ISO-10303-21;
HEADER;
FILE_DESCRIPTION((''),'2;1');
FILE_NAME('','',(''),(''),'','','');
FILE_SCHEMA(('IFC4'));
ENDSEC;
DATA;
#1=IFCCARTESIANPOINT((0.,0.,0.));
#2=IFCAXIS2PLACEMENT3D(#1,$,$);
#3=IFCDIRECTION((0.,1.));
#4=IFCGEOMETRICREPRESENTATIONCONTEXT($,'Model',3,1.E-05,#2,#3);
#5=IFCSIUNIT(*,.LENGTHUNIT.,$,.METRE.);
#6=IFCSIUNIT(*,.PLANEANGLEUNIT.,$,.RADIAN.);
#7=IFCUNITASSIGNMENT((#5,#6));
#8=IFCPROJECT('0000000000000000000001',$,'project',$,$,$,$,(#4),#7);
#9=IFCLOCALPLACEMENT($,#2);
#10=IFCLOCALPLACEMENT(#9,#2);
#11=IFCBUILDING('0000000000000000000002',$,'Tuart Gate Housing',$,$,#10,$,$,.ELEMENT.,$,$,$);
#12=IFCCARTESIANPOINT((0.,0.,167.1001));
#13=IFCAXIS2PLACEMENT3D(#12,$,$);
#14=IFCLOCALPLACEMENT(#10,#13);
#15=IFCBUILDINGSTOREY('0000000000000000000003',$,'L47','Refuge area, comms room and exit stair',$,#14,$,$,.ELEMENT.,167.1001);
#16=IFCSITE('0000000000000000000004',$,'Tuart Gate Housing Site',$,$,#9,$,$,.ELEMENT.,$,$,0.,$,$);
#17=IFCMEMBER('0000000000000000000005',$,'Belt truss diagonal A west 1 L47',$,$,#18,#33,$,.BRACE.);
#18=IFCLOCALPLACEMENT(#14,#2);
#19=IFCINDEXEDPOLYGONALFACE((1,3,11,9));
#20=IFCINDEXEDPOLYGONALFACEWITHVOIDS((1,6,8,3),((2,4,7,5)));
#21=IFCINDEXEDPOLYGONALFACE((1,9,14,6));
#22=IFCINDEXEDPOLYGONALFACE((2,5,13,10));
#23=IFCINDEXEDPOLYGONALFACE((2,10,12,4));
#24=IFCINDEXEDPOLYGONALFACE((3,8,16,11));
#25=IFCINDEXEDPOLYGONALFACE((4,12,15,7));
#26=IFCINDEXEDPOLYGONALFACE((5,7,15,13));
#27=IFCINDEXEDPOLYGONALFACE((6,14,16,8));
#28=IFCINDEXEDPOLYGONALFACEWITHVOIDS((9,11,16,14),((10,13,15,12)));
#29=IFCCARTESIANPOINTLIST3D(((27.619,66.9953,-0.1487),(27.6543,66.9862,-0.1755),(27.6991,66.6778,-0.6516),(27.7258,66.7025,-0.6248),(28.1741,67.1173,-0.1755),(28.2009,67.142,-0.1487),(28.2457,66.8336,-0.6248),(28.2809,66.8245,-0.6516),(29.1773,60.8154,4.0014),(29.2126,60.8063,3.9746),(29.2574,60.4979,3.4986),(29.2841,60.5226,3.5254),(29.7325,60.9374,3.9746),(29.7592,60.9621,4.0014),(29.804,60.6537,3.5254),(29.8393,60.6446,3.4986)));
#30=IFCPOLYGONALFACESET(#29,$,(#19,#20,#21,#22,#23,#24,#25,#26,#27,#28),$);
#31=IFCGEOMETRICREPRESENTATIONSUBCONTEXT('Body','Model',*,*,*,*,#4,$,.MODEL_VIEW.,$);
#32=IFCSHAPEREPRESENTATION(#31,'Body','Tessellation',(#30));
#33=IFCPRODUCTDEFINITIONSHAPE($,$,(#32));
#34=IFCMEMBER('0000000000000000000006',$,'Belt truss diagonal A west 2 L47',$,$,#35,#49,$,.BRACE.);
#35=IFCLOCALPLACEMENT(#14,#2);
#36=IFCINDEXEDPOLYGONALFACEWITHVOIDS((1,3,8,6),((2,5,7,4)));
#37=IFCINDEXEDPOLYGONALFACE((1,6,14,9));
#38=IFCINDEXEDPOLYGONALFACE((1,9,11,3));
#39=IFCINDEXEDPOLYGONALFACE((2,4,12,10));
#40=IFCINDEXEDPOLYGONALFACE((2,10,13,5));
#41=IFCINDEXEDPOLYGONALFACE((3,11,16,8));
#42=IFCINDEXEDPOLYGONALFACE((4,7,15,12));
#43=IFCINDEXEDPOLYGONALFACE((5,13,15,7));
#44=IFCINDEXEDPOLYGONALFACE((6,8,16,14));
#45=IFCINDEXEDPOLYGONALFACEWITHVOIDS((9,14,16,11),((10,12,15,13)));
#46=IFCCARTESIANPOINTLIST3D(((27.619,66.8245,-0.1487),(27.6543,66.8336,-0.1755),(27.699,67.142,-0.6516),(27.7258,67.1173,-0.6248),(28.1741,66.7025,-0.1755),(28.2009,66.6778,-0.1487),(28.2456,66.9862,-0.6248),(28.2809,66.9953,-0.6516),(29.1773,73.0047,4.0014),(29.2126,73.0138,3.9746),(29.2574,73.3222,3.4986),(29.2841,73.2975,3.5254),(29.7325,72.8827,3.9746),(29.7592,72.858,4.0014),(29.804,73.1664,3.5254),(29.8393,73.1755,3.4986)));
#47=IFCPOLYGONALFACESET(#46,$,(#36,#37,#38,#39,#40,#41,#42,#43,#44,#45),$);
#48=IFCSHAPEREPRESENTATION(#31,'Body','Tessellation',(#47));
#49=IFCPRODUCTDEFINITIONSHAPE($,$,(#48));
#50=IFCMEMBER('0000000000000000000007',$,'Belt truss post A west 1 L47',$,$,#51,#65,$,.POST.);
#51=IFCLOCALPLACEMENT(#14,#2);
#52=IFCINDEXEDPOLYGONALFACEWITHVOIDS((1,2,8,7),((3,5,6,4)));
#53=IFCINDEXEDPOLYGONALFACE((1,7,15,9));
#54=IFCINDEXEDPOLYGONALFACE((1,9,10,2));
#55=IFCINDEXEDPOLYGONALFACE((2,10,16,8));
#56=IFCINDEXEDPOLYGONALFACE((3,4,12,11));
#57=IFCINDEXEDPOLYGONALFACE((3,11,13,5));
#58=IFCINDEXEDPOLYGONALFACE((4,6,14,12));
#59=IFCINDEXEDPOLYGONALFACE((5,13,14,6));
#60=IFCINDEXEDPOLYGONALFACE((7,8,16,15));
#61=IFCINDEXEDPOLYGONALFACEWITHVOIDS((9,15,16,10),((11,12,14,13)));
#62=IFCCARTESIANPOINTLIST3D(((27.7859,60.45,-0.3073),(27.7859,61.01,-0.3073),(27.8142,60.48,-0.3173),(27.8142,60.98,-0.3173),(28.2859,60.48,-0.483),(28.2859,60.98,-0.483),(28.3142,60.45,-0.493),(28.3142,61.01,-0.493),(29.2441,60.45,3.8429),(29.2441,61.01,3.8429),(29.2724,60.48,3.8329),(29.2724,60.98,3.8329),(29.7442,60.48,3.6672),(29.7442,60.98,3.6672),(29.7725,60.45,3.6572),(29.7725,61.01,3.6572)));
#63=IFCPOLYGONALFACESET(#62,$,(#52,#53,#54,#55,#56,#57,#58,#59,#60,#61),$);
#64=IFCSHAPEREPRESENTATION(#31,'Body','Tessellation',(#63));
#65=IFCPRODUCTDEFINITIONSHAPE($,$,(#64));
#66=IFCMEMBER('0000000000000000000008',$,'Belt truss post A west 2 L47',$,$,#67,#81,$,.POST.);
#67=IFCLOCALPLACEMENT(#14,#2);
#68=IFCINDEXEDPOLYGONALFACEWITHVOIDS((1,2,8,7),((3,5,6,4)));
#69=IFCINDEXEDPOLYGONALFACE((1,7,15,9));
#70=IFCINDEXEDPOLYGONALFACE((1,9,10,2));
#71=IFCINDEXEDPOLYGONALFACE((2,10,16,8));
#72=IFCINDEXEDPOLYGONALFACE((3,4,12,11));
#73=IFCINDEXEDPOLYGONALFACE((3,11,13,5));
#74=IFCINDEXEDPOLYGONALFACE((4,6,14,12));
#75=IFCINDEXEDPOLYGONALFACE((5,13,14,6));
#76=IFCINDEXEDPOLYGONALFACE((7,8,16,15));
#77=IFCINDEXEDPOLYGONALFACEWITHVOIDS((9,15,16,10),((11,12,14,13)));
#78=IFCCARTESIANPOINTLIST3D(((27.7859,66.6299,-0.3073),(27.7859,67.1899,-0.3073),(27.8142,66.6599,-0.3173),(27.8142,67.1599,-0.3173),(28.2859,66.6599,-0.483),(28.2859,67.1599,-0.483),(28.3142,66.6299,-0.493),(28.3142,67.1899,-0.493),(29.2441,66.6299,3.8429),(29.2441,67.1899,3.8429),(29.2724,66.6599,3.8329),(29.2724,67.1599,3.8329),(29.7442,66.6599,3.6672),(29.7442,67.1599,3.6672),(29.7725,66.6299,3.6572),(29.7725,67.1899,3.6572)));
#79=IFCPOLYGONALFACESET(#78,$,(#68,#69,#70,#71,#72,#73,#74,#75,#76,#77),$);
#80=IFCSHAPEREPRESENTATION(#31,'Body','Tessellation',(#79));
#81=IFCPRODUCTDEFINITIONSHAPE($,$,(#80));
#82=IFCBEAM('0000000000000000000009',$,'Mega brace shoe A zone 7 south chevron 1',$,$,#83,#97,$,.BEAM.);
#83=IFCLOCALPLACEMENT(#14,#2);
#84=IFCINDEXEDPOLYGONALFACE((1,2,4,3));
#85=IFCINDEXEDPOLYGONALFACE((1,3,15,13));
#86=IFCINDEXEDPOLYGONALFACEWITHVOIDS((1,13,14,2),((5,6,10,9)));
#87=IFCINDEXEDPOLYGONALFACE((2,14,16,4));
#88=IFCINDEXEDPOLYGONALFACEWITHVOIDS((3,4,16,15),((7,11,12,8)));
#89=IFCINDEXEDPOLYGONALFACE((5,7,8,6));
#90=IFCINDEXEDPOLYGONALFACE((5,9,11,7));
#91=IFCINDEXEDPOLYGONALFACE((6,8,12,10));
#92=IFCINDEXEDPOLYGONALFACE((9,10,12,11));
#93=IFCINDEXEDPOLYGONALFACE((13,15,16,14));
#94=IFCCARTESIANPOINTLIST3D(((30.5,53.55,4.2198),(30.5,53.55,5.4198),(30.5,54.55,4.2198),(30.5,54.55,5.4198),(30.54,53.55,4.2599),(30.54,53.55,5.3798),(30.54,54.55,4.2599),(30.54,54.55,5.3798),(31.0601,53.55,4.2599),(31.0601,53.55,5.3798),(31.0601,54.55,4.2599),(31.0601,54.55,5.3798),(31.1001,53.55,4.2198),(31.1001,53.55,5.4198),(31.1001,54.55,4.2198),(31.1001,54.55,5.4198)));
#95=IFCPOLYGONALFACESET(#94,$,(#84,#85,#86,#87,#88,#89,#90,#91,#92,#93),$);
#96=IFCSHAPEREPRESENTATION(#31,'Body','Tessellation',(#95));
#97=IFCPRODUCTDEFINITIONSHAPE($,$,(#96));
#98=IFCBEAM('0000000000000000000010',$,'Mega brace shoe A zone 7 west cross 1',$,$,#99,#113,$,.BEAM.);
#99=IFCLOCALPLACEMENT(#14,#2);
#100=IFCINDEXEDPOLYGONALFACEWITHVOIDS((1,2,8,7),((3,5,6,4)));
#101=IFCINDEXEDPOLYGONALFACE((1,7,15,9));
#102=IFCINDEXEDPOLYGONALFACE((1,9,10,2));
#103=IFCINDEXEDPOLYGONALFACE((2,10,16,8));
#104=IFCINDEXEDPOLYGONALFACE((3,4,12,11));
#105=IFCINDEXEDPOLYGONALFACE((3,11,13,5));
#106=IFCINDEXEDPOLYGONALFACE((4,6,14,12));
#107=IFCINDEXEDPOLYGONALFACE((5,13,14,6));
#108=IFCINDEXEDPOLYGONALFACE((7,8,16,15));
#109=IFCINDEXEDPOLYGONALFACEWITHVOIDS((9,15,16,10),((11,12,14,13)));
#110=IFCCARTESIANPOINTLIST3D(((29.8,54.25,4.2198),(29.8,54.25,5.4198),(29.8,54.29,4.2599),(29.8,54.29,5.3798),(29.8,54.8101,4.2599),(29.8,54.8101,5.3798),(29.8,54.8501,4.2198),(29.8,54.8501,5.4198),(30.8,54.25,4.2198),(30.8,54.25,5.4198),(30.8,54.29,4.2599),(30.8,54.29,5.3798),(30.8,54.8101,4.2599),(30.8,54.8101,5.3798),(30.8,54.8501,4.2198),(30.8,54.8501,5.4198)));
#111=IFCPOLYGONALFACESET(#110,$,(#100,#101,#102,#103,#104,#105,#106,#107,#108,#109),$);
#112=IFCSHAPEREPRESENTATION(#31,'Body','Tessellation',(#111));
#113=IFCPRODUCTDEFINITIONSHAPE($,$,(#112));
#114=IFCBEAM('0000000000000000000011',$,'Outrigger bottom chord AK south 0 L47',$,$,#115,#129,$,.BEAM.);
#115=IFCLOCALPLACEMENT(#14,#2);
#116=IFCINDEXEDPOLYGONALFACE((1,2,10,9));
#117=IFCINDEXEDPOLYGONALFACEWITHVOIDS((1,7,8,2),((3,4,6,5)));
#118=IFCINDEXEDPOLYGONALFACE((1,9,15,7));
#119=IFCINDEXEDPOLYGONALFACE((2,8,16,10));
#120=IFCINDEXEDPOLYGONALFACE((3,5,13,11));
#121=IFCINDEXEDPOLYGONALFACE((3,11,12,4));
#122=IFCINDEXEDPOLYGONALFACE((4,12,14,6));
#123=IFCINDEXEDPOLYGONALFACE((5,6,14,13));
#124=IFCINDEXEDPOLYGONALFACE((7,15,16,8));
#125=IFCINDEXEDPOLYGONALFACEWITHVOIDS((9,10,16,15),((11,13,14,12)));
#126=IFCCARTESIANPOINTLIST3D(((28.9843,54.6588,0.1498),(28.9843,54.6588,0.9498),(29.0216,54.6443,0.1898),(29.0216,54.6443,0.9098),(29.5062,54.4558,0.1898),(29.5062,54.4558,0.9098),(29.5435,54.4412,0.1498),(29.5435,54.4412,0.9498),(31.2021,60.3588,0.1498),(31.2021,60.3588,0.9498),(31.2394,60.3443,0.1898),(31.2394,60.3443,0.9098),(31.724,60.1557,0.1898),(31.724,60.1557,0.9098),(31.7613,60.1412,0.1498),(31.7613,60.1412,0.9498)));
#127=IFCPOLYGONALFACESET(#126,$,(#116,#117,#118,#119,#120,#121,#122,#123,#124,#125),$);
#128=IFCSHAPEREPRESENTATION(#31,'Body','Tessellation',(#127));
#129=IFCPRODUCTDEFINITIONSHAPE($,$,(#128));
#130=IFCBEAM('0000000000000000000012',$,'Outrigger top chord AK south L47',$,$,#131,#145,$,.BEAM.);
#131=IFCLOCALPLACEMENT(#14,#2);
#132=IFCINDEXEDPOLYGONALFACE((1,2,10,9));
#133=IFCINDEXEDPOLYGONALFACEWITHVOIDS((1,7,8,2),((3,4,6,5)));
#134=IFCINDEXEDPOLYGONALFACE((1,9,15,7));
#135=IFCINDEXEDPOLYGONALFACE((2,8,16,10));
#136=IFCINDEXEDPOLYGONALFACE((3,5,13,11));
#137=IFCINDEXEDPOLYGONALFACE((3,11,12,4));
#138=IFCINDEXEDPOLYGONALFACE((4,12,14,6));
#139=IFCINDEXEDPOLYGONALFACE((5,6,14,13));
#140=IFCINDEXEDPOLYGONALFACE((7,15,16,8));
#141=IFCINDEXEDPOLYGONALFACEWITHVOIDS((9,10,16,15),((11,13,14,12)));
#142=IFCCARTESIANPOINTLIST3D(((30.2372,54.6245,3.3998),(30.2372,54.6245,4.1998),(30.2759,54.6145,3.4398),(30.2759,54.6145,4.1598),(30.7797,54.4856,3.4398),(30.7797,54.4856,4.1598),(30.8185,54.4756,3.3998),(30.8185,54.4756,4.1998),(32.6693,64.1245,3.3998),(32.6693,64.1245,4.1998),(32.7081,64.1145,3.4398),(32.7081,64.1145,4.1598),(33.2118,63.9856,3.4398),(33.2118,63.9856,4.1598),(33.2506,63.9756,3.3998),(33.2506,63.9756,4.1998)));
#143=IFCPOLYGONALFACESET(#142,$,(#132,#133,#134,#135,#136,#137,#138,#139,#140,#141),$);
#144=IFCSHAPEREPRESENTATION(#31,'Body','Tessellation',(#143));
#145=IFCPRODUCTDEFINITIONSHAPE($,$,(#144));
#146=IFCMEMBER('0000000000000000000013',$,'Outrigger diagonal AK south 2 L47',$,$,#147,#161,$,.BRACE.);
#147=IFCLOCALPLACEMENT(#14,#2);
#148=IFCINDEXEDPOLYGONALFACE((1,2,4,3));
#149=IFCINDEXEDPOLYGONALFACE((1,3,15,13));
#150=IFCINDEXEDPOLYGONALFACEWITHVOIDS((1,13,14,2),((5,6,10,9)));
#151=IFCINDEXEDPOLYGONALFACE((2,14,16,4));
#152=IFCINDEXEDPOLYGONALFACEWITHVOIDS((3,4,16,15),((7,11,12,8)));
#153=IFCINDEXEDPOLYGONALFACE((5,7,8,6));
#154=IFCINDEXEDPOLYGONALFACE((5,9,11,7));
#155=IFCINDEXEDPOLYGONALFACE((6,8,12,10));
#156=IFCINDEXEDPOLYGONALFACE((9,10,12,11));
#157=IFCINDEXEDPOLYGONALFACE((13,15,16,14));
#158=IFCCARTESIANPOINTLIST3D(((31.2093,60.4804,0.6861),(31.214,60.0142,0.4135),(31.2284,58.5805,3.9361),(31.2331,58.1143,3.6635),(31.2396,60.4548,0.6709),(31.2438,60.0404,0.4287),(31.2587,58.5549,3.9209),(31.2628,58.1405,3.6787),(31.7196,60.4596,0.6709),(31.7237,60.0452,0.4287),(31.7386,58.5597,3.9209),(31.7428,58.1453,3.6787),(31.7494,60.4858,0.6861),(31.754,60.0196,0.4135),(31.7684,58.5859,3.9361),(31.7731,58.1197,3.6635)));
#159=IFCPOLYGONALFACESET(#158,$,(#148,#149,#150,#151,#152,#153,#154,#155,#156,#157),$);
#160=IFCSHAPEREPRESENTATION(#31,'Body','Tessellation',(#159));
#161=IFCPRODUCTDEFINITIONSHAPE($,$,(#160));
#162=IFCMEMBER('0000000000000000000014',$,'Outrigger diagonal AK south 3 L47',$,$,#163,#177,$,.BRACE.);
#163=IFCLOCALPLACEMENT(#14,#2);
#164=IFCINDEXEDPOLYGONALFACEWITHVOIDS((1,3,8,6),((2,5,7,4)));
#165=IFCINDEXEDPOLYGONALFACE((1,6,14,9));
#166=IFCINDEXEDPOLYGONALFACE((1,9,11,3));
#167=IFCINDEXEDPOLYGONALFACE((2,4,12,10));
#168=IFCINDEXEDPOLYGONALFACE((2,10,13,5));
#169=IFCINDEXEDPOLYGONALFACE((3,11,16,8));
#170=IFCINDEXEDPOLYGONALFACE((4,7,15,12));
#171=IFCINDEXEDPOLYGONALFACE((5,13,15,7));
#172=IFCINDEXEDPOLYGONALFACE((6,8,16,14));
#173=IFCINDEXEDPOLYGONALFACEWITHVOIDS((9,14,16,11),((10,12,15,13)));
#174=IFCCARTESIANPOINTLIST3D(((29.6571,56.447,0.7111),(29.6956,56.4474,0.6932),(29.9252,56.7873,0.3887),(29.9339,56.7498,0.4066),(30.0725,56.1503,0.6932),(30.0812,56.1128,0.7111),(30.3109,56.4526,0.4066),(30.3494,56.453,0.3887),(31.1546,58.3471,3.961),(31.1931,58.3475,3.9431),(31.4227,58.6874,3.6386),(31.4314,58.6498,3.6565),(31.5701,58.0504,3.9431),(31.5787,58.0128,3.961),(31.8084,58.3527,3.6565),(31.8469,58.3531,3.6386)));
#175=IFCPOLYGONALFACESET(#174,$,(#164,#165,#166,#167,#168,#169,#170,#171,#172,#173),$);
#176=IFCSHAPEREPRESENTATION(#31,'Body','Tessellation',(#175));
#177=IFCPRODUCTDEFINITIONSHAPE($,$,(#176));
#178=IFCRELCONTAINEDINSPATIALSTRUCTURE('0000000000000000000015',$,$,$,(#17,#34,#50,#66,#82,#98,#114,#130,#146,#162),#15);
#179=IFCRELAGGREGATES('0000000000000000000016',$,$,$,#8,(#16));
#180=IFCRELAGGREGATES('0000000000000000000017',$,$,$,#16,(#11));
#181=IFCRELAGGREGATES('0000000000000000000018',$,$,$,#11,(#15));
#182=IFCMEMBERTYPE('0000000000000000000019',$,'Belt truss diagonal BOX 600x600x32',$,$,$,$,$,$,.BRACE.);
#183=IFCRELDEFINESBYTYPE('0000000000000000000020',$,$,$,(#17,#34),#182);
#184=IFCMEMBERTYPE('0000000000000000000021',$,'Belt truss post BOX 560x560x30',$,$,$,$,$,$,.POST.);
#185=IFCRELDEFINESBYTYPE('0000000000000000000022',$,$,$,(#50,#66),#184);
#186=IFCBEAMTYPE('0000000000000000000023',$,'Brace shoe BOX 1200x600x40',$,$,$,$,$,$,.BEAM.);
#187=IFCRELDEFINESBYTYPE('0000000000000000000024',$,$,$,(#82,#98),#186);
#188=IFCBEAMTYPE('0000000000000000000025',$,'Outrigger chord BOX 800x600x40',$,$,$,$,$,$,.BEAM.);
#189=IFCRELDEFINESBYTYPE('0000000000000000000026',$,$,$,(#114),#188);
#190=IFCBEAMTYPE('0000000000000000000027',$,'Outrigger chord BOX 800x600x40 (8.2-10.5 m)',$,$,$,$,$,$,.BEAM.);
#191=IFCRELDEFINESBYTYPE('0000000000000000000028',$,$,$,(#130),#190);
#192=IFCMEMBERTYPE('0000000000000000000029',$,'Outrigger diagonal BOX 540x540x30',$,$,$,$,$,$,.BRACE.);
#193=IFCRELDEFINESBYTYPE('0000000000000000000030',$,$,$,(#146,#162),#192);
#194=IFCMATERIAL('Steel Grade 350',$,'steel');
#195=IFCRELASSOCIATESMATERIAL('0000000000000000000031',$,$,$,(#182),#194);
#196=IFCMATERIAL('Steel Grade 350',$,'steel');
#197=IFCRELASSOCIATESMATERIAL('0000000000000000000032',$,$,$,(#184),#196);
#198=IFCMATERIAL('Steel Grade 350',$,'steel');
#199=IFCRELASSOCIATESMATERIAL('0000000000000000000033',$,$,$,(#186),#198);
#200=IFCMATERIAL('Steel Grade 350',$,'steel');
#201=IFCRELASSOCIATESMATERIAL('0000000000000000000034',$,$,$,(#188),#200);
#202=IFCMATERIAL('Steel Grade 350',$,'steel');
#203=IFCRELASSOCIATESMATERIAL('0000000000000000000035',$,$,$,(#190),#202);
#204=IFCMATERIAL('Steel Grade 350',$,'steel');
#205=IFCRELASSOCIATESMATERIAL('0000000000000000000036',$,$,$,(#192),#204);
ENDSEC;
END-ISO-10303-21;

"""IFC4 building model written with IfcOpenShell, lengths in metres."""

from ifc_helpers import new_model, si_unit, direction, frame, origin, origin_2d, place, context, subcontext, project, spatial, hollow_rectangle, extrude, material, material_profile, profile_set, type_object, element, save


model = new_model("IFC4")

# Units and contexts
model_context = context("Model", 3, precision=1e-05, world=origin(), true_north=direction((0.0, 1.0)))
body_context = subcontext(model_context, "Body", "Model", "MODEL_VIEW")
ifc_project = project(units=[si_unit("LENGTHUNIT", "METRE"), si_unit("PLANEANGLEUNIT", "RADIAN")], contexts=[model_context])

# Site, building, storey
site_placement = place(None, origin())
site = spatial("IfcSite", under=ifc_project, at=site_placement, Name="Tuart Gate Housing Site", CompositionType="ELEMENT", RefElevation=0.0)
building_placement = place(site_placement, origin())
building = spatial("IfcBuilding", under=site, at=building_placement, Name="Tuart Gate Housing", CompositionType="ELEMENT")
storey_placement = place(building_placement, frame((0.0, 0.0, 167.1001)))
storey = spatial("IfcBuildingStorey", under=building, at=storey_placement, Name="L47", Description="Refuge area, comms room and exit stair", CompositionType="ELEMENT", Elevation=167.1001)

# Members
ifc_material_1 = material(Name="Steel Grade 350", Category="steel")
ifc_material_profile_1 = material_profile(ifc_material_1, hollow_rectangle(XDim=0.6001, YDim=0.6001, WallThickness=0.032, at=origin_2d()), Name="BOX 600x600x32")
ifc_profile_set_1 = profile_set([ifc_material_profile_1], Name="Steel Grade 350")
member_type_1 = type_object("IfcMemberType", Name="Belt truss diagonal BOX 600x600x32", PredefinedType="BRACE", material=ifc_profile_set_1)
member_1_placement = place(storey_placement, frame((29.5083, 60.73, 3.75), z_axis=(-0.204898, 0.81256, -0.545677), x_axis=(-0.969647, -0.244509, 0.0)))
element("IfcMember", 1, at=member_1_placement, inside=storey, type_object=member_type_1, Name="Belt truss diagonal A west 1 L47", PredefinedType="BRACE", context=body_context, shape_type="SweptSolid", body=[
    extrude(hollow_rectangle(XDim=0.6001, YDim=0.6001, WallThickness=0.032, at=origin_2d()), origin(), (0.0, 0.0, 1.0), 7.6055),
])
member_2_placement = place(storey_placement, frame((27.95, 66.9099, -0.4001), z_axis=(0.204892, 0.812571, 0.545662), x_axis=(-0.969649, 0.2445, 0.0)))
element("IfcMember", 2, at=member_2_placement, inside=storey, type_object=member_type_1, Name="Belt truss diagonal A west 2 L47", PredefinedType="BRACE", context=body_context, shape_type="SweptSolid", body=[
    extrude(hollow_rectangle(XDim=0.6001, YDim=0.6001, WallThickness=0.032, at=origin_2d()), origin(), (0.0, 0.0, 1.0), 7.6057),
])
ifc_material_2 = material(Name="Steel Grade 350", Category="steel")
ifc_material_profile_2 = material_profile(ifc_material_2, hollow_rectangle(XDim=0.5601, YDim=0.5601, WallThickness=0.03, at=origin_2d()), Name="BOX 560x560x30")
ifc_profile_set_2 = profile_set([ifc_material_profile_2], Name="Steel Grade 350")
member_type_2 = type_object("IfcMemberType", Name="Belt truss post BOX 560x560x30", PredefinedType="POST", material=ifc_profile_set_2)
for number, where, z_axis, x_axis, name in (
    (3, (28.05, 60.73, -0.4001), (0.331505, 0.0, 0.943454), (0.0, 1.0, 0.0), "Belt truss post A west 1 L47"),
    (4, (28.05, 66.9099, -0.4001), (0.331505, 0.0, 0.943454), (0.0, 1.0, 0.0), "Belt truss post A west 2 L47"),
):
    element("IfcMember", number, at=place(storey_placement, frame(where, z_axis=z_axis, x_axis=x_axis)), inside=storey, type_object=member_type_2, Name=name, PredefinedType="POST", context=body_context, shape_type="SweptSolid", body=[
        extrude(hollow_rectangle(XDim=0.5601, YDim=0.5601, WallThickness=0.03, at=origin_2d()), origin(), (0.0, 0.0, 1.0), 4.3989),
    ])

# Beams
ifc_material_3 = material(Name="Steel Grade 350", Category="steel")
ifc_material_profile_3 = material_profile(ifc_material_3, hollow_rectangle(XDim=0.6001, YDim=1.2, WallThickness=0.04, at=origin_2d()), Name="BOX 1200x600x40")
ifc_profile_set_3 = profile_set([ifc_material_profile_3], Name="Steel Grade 350")
beam_type_1 = type_object("IfcBeamType", Name="Brace shoe BOX 1200x600x40", PredefinedType="BEAM", material=ifc_profile_set_3)
for number, where, z_axis, x_axis, name in (
    (5, (30.8, 54.55, 4.8198), (0.0, -1.0, 0.0), (1.0, 0.0, 0.0), "Mega brace shoe A zone 7 south chevron 1"),
    (6, (30.8, 54.55, 4.8198), (-1.0, 0.0, 0.0), (0.0, -1.0, 0.0), "Mega brace shoe A zone 7 west cross 1"),
):
    element("IfcBeam", number, at=place(storey_placement, frame(where, z_axis=z_axis, x_axis=x_axis)), inside=storey, type_object=beam_type_1, Name=name, PredefinedType="BEAM", context=body_context, shape_type="SweptSolid", body=[
        extrude(hollow_rectangle(XDim=0.6001, YDim=1.2, WallThickness=0.04, at=origin_2d()), origin(), (0.0, 0.0, 1.0), 1.0),
    ])
ifc_material_4 = material(Name="Steel Grade 350", Category="steel")
ifc_material_profile_4 = material_profile(ifc_material_4, hollow_rectangle(XDim=0.6001, YDim=0.8, WallThickness=0.04, at=origin_2d()), Name="BOX 800x600x40")
ifc_profile_set_4 = profile_set([ifc_material_profile_4], Name="Steel Grade 350")
beam_type_2 = type_object("IfcBeamType", Name="Outrigger chord BOX 800x600x40", PredefinedType="BEAM", material=ifc_profile_set_4)
beam_1_placement = place(storey_placement, frame((31.4817, 60.25, 0.5498), z_axis=(-0.362606, -0.931942, 0.0), x_axis=(0.931942, -0.362606, 0.0)))
element("IfcBeam", 7, at=beam_1_placement, inside=storey, type_object=beam_type_2, Name="Outrigger bottom chord AK south 0 L47", PredefinedType="BEAM", context=body_context, shape_type="SweptSolid", body=[
    extrude(hollow_rectangle(XDim=0.6001, YDim=0.8, WallThickness=0.04, at=origin_2d()), origin(), (0.0, 0.0, 1.0), 6.1162),
])
ifc_material_5 = material(Name="Steel Grade 350", Category="steel")
ifc_material_profile_5 = material_profile(ifc_material_5, hollow_rectangle(XDim=0.6001, YDim=0.8, WallThickness=0.04, at=origin_2d()), Name="BOX 800x600x40")
ifc_profile_set_5 = profile_set([ifc_material_profile_5], Name="Steel Grade 350")
beam_type_3 = type_object("IfcBeamType", Name="Outrigger chord BOX 800x600x40 (8.2-10.5 m)", PredefinedType="BEAM", material=ifc_profile_set_5)
beam_2_placement = place(storey_placement, frame((32.96, 64.05, 3.7998), z_axis=(-0.248015, -0.968756, 0.0), x_axis=(0.968756, -0.248015, 0.0)))
element("IfcBeam", 8, at=beam_2_placement, inside=storey, type_object=beam_type_3, Name="Outrigger top chord AK south L47", PredefinedType="BEAM", context=body_context, shape_type="SweptSolid", body=[
    extrude(hollow_rectangle(XDim=0.6001, YDim=0.8, WallThickness=0.04, at=origin_2d()), origin(), (0.0, 0.0, 1.0), 9.8064),
])

# Members
ifc_material_6 = material(Name="Steel Grade 350", Category="steel")
ifc_material_profile_6 = material_profile(ifc_material_6, hollow_rectangle(XDim=0.54, YDim=0.54, WallThickness=0.03, at=origin_2d()), Name="BOX 540x540x30")
ifc_profile_set_6 = profile_set([ifc_material_profile_6], Name="Steel Grade 350")
member_type_3 = type_object("IfcMemberType", Name="Outrigger diagonal BOX 540x540x30", PredefinedType="BRACE", material=ifc_profile_set_6)
member_3_placement = place(storey_placement, frame((31.4817, 60.25, 0.5498), z_axis=(0.005058, -0.504671, 0.863297), x_axis=(0.99995, 0.010023, 0.0)))
element("IfcMember", 9, at=member_3_placement, inside=storey, type_object=member_type_3, Name="Outrigger diagonal AK south 2 L47", PredefinedType="BRACE", context=body_context, shape_type="SweptSolid", body=[
    extrude(hollow_rectangle(XDim=0.54, YDim=0.54, WallThickness=0.03, at=origin_2d()), origin(), (0.0, 0.0, 1.0), 3.7646),
])
member_4_placement = place(storey_placement, frame((31.5007, 58.3501, 3.7998), z_axis=(-0.369618, -0.468983, -0.802145), x_axis=(0.785397, -0.618993, 0.0)))
element("IfcMember", 10, at=member_4_placement, inside=storey, type_object=member_type_3, Name="Outrigger diagonal AK south 3 L47", PredefinedType="BRACE", context=body_context, shape_type="SweptSolid", body=[
    extrude(hollow_rectangle(XDim=0.54, YDim=0.54, WallThickness=0.03, at=origin_2d()), origin(), (0.0, 0.0, 1.0), 4.0515),
])

save(model, "model.ifc")
